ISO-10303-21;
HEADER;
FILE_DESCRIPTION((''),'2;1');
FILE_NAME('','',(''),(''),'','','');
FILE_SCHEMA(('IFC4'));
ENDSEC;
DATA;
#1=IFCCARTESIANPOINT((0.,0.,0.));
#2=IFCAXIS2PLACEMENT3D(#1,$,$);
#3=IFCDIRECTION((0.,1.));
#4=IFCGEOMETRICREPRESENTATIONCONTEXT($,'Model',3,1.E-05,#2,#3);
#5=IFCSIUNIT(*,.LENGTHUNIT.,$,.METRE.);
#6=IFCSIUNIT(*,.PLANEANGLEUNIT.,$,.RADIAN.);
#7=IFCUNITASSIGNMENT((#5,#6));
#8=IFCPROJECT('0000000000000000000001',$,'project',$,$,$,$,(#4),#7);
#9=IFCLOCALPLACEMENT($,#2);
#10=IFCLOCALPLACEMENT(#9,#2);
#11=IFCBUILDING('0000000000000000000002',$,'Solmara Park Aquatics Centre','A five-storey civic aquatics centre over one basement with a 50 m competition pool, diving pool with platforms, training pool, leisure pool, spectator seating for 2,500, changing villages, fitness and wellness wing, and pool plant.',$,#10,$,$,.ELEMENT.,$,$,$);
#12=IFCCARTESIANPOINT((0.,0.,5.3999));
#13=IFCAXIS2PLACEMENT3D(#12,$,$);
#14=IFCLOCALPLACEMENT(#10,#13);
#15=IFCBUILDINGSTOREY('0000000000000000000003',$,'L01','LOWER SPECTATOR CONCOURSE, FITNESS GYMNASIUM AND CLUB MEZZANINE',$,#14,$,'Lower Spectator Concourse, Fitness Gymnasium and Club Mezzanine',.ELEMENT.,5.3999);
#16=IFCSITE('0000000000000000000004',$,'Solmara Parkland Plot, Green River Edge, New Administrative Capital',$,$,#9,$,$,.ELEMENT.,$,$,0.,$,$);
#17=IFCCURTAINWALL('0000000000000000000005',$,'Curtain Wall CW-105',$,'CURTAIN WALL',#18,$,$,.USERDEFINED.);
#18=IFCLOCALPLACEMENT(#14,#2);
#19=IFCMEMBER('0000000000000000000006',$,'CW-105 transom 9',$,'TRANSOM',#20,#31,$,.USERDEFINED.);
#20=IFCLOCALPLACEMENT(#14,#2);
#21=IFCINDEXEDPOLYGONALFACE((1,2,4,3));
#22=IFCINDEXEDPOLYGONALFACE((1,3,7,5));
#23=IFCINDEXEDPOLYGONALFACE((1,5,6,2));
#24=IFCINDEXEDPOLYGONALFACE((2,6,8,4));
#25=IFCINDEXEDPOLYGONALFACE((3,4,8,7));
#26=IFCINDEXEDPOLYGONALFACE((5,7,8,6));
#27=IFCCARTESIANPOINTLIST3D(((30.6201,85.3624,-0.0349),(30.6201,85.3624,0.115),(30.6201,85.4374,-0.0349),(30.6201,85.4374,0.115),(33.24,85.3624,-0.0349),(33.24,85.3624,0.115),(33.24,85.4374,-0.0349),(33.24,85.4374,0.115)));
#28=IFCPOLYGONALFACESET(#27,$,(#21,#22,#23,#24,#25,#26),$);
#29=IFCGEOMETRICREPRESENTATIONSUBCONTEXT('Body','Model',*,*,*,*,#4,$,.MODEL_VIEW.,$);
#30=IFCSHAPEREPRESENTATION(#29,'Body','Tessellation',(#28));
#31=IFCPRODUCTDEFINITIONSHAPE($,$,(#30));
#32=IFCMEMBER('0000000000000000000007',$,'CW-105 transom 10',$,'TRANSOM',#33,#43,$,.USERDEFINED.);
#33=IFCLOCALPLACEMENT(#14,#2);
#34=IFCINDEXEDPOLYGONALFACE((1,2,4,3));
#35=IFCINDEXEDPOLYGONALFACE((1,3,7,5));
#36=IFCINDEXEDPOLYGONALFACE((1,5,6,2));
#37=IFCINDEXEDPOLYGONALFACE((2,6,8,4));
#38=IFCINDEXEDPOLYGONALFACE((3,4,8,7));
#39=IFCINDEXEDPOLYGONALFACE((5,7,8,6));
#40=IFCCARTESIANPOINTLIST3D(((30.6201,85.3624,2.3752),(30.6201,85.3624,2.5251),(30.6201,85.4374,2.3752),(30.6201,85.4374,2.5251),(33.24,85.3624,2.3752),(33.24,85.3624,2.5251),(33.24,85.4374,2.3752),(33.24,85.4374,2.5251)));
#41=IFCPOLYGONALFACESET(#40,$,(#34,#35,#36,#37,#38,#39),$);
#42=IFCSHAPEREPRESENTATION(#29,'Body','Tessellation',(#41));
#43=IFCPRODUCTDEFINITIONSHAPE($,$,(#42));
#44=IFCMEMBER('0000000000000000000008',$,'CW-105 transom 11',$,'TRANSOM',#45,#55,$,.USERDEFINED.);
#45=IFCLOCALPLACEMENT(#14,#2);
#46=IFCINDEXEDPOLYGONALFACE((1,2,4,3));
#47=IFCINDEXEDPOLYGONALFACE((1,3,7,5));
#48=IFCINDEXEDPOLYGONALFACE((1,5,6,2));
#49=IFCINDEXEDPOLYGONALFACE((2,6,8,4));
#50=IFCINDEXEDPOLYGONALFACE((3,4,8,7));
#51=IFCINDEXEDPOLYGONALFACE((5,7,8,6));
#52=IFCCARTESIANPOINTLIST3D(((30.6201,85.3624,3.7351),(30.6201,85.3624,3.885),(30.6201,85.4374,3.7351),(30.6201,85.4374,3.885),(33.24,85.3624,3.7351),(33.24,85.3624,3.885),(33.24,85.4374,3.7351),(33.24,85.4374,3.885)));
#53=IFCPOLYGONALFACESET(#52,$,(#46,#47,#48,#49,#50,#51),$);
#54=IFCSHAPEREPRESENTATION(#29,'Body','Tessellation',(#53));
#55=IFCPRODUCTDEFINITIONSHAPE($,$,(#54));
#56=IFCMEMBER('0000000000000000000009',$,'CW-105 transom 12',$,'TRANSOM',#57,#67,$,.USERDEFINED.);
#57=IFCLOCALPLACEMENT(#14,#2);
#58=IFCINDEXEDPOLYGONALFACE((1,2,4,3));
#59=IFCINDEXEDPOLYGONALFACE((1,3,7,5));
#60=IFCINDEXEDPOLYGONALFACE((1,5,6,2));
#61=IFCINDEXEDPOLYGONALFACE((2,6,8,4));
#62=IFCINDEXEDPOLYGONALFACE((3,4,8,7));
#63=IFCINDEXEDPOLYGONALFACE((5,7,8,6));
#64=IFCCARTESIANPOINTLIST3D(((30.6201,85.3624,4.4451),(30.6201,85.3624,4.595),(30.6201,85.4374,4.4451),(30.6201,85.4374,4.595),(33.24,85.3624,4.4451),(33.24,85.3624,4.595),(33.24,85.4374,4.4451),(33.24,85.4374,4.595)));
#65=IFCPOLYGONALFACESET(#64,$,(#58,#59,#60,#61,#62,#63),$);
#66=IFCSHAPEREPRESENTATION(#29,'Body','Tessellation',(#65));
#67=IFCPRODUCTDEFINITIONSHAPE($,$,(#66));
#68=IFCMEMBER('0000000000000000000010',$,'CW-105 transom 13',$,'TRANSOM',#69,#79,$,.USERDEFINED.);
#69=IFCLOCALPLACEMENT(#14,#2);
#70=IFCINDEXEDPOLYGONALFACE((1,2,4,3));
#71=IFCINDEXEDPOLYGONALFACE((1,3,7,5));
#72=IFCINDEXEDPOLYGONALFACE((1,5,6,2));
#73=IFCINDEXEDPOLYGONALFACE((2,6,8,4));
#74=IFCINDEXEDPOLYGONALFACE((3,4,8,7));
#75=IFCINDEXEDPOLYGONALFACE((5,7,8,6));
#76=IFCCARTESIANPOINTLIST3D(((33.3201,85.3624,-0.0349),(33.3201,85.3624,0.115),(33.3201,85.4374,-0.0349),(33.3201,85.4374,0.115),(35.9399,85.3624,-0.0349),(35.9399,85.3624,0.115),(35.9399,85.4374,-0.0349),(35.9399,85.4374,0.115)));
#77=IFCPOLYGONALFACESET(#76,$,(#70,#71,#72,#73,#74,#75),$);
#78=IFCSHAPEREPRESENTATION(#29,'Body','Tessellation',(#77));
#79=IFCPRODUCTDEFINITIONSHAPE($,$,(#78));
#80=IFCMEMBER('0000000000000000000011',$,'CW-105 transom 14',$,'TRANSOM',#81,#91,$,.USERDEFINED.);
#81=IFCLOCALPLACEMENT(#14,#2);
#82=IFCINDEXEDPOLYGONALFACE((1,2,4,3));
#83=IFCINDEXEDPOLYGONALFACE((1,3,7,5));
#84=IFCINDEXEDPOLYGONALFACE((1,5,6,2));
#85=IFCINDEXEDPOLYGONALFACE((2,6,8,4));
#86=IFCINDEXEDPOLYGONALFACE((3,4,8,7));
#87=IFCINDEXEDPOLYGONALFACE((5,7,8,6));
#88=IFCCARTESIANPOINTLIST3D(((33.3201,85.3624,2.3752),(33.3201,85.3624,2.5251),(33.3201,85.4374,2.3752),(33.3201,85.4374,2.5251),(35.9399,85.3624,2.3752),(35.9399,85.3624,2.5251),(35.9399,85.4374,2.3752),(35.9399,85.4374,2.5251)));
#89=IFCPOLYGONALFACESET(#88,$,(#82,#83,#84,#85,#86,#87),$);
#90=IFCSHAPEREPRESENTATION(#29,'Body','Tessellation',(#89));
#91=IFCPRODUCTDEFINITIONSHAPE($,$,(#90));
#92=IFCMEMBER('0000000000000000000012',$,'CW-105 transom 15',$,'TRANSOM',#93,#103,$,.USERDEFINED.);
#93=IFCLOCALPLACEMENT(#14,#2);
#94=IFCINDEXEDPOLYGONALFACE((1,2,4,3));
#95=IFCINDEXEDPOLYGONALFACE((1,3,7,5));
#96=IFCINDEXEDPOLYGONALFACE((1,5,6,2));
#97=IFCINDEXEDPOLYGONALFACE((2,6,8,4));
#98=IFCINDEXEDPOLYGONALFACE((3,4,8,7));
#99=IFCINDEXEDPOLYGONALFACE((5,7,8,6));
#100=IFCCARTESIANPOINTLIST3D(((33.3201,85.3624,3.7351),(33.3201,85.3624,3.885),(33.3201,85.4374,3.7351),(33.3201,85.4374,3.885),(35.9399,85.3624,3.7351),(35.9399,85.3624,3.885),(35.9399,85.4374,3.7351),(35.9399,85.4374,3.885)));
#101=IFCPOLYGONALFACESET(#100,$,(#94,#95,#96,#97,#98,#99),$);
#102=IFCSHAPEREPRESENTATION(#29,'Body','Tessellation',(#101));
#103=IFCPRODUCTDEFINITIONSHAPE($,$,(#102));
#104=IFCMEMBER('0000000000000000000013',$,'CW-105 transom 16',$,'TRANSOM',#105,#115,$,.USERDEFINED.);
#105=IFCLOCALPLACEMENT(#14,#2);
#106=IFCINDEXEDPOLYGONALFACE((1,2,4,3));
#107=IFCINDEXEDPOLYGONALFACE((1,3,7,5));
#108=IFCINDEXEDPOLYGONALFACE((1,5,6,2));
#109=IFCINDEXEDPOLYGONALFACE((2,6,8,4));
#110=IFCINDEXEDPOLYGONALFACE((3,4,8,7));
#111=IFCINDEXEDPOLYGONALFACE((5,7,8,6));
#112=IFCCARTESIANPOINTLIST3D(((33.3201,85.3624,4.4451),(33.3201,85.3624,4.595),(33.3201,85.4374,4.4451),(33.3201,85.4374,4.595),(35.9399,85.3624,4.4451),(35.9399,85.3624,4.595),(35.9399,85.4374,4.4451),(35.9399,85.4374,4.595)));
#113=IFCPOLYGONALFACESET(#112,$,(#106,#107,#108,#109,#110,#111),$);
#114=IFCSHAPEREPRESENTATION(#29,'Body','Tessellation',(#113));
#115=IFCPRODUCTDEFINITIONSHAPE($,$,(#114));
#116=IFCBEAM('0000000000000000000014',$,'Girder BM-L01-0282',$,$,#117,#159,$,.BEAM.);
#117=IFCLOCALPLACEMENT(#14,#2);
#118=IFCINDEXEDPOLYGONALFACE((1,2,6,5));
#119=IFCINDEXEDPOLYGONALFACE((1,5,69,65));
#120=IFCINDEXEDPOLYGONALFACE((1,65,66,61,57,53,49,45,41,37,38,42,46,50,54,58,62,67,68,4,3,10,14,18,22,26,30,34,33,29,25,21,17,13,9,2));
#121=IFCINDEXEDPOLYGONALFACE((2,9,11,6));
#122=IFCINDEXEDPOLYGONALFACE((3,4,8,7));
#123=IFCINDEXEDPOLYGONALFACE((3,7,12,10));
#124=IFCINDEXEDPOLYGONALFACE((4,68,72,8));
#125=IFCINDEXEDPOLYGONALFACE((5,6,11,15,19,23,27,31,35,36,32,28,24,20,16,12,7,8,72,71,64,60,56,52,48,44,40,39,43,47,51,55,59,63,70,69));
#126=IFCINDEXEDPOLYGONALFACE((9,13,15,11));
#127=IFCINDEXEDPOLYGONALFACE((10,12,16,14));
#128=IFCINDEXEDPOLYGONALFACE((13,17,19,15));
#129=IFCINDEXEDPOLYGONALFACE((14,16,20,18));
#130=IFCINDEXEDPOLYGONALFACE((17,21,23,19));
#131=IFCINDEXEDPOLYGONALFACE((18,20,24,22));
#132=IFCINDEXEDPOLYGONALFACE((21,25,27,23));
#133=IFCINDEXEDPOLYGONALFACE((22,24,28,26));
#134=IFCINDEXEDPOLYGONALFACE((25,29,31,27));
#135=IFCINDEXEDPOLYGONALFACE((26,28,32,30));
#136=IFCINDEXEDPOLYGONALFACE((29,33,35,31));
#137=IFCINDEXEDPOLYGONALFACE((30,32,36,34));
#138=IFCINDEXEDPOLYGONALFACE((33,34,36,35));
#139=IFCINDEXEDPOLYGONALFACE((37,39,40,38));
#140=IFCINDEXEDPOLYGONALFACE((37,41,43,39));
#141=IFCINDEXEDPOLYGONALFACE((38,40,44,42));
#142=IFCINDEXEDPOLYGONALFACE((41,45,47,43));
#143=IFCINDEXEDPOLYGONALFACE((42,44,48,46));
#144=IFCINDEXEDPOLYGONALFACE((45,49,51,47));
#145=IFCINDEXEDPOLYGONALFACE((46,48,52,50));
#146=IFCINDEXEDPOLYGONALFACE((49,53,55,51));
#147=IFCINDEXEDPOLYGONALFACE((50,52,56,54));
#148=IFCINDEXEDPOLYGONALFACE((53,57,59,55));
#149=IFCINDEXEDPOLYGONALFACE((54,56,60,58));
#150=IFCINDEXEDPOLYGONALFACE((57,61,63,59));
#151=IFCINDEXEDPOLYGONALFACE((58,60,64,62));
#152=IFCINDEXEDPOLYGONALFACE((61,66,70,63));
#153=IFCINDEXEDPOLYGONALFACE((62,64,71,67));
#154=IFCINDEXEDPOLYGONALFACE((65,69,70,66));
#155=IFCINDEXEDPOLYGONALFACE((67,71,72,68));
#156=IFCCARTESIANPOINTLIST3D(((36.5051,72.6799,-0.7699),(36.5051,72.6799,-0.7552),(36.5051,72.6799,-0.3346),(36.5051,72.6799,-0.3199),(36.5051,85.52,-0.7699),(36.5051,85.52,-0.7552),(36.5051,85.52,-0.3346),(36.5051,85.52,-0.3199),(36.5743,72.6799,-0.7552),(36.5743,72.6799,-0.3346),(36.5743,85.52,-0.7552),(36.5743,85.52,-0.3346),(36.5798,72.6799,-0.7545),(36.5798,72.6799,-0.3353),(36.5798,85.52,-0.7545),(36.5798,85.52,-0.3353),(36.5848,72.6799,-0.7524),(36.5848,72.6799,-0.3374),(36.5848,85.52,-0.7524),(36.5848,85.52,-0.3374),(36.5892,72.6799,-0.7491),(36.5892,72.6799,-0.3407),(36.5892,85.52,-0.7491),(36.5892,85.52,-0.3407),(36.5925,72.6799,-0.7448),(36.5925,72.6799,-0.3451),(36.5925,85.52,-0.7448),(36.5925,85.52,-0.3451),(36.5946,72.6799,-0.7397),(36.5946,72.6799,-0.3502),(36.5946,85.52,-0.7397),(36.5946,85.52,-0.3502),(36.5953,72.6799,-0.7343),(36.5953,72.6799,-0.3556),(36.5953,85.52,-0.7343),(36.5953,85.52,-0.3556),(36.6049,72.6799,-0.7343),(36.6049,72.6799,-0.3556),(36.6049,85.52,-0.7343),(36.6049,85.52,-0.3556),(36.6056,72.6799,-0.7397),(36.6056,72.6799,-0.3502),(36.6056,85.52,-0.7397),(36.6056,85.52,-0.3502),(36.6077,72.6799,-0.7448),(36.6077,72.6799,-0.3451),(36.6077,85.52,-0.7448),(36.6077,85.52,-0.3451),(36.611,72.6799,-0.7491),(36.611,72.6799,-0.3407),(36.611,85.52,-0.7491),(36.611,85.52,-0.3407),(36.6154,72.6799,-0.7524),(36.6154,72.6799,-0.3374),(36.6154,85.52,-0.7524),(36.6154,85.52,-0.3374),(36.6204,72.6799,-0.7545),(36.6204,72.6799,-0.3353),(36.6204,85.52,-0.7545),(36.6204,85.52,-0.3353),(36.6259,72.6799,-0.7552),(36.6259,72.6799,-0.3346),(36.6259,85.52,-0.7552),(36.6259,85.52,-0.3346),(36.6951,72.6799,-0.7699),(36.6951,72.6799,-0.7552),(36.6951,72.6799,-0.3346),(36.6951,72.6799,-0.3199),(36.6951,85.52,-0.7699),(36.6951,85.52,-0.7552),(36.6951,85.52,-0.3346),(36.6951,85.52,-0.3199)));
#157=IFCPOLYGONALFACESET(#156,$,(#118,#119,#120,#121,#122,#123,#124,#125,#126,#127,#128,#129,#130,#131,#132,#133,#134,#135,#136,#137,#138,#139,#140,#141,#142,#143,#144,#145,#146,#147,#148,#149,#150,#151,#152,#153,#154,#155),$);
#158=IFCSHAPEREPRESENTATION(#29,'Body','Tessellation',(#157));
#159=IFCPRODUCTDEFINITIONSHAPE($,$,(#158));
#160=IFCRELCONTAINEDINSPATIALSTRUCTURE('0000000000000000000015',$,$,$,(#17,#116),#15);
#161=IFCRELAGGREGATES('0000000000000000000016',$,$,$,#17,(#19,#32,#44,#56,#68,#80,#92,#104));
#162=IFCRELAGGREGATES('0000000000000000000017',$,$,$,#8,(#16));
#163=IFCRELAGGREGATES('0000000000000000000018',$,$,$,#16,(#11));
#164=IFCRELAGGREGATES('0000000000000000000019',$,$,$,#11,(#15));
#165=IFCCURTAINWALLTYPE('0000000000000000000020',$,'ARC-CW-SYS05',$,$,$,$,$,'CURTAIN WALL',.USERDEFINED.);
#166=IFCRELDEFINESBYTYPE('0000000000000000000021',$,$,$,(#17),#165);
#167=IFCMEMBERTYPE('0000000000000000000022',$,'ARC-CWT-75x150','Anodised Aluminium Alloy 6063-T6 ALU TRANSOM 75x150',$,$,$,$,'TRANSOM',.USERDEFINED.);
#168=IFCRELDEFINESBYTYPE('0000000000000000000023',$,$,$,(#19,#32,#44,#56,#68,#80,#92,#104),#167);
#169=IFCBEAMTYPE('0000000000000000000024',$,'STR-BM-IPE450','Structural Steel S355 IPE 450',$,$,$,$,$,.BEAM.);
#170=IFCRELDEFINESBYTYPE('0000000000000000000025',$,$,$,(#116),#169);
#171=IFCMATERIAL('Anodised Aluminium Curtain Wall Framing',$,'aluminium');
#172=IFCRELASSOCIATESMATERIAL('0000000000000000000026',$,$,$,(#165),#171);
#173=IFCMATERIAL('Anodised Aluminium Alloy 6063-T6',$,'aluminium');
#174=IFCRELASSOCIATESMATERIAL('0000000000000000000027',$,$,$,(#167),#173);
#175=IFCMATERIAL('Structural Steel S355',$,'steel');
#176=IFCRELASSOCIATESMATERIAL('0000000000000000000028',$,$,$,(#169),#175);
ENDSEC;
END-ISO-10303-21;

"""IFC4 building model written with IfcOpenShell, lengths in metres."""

from ifc_helpers import new_model, si_unit, direction, frame, origin, origin_2d, place, context, subcontext, project, spatial, rectangle, i_section, extrude, material, material_profile, profile_set, type_object, element, aggregate, save


model = new_model("IFC4")

# Units and contexts
model_context = context("Model", 3, precision=1e-05, world=origin(), true_north=direction((0.0, 1.0)))
body_context = subcontext(model_context, "Body", "Model", "MODEL_VIEW")
ifc_project = project(units=[si_unit("LENGTHUNIT", "METRE"), si_unit("PLANEANGLEUNIT", "RADIAN")], contexts=[model_context])

# Site, building, storey
site_placement = place(None, origin())
site = spatial("IfcSite", under=ifc_project, at=site_placement, Name="Solmara Parkland Plot, Green River Edge, New Administrative Capital", CompositionType="ELEMENT", RefElevation=0.0)
building_placement = place(site_placement, origin())
building = spatial("IfcBuilding", under=site, at=building_placement, Name="Solmara Park Aquatics Centre", Description="A five-storey civic aquatics centre over one basement with a 50 m competition pool, diving pool with platforms, training pool, leisure pool, spectator seating for 2,500, changing villages, fitness and wellness wing, and pool plant.", CompositionType="ELEMENT")
storey_placement = place(building_placement, frame((0.0, 0.0, 5.3999)))
storey = spatial("IfcBuildingStorey", under=building, at=storey_placement, Name="L01", Description="LOWER SPECTATOR CONCOURSE, FITNESS GYMNASIUM AND CLUB MEZZANINE", LongName="Lower Spectator Concourse, Fitness Gymnasium and Club Mezzanine", CompositionType="ELEMENT", Elevation=5.3999)

# Shared definitions
ifc_material_1 = material(Name="Structural Steel S355", Category="steel")

# Curtain wall, members
ifc_material_2 = material(Name="Anodised Aluminium Curtain Wall Framing", Category="aluminium")
curtain_wall_type = type_object("IfcCurtainWallType", Name="ARC-CW-SYS05", ElementType="CURTAIN WALL", PredefinedType="USERDEFINED", material=ifc_material_2)
curtain_wall_placement = place(storey_placement, origin())
curtain_wall = element("IfcCurtainWall", 1, at=curtain_wall_placement, inside=storey, type_object=curtain_wall_type, Name="Curtain Wall CW-105", ObjectType="CURTAIN WALL", PredefinedType="USERDEFINED")
ifc_material_3 = material(Name="Anodised Aluminium Alloy 6063-T6", Category="aluminium")
ifc_material_profile_1 = material_profile(ifc_material_3, rectangle(XDim=0.075, YDim=0.1499, at=origin_2d()), Name="ALU TRANSOM 75x150")
ifc_profile_set_1 = profile_set([ifc_material_profile_1], Name="Anodised Aluminium Alloy 6063-T6")
member_type_1 = type_object("IfcMemberType", Name="ARC-CWT-75x150", Description="Anodised Aluminium Alloy 6063-T6 ALU TRANSOM 75x150", ElementType="TRANSOM", PredefinedType="USERDEFINED", material=ifc_profile_set_1)
member_1_placement = place(storey_placement, frame((30.6201, 85.3999, 0.04), z_axis=(1.0, 0.0, 0.0), x_axis=(0.0, 1.0, 0.0)))
member_1 = element("IfcMember", 2, at=member_1_placement, type_object=member_type_1, Name="CW-105 transom 9", ObjectType="TRANSOM", PredefinedType="USERDEFINED", context=body_context, shape_type="SweptSolid", body=[
    extrude(rectangle(XDim=0.075, YDim=0.1499, at=origin_2d()), origin(), (0.0, 0.0, 1.0), 2.6199),
])
member_2_placement = place(storey_placement, frame((30.6201, 85.3999, 2.4502), z_axis=(1.0, 0.0, 0.0), x_axis=(0.0, 1.0, 0.0)))
member_2 = element("IfcMember", 3, at=member_2_placement, type_object=member_type_1, Name="CW-105 transom 10", ObjectType="TRANSOM", PredefinedType="USERDEFINED", context=body_context, shape_type="SweptSolid", body=[
    extrude(rectangle(XDim=0.075, YDim=0.1499, at=origin_2d()), origin(), (0.0, 0.0, 1.0), 2.6199),
])
member_3_placement = place(storey_placement, frame((30.6201, 85.3999, 3.8101), z_axis=(1.0, 0.0, 0.0), x_axis=(0.0, 1.0, 0.0)))
member_3 = element("IfcMember", 4, at=member_3_placement, type_object=member_type_1, Name="CW-105 transom 11", ObjectType="TRANSOM", PredefinedType="USERDEFINED", context=body_context, shape_type="SweptSolid", body=[
    extrude(rectangle(XDim=0.075, YDim=0.1499, at=origin_2d()), origin(), (0.0, 0.0, 1.0), 2.6199),
])
member_4_placement = place(storey_placement, frame((30.6201, 85.3999, 4.52), z_axis=(1.0, 0.0, 0.0), x_axis=(0.0, 1.0, 0.0)))
member_4 = element("IfcMember", 5, at=member_4_placement, type_object=member_type_1, Name="CW-105 transom 12", ObjectType="TRANSOM", PredefinedType="USERDEFINED", context=body_context, shape_type="SweptSolid", body=[
    extrude(rectangle(XDim=0.075, YDim=0.1499, at=origin_2d()), origin(), (0.0, 0.0, 1.0), 2.6199),
])
member_5_placement = place(storey_placement, frame((33.3201, 85.3999, 0.04), z_axis=(1.0, 0.0, 0.0), x_axis=(0.0, 1.0, 0.0)))
member_5 = element("IfcMember", 6, at=member_5_placement, type_object=member_type_1, Name="CW-105 transom 13", ObjectType="TRANSOM", PredefinedType="USERDEFINED", context=body_context, shape_type="SweptSolid", body=[
    extrude(rectangle(XDim=0.075, YDim=0.1499, at=origin_2d()), origin(), (0.0, 0.0, 1.0), 2.6199),
])
member_6_placement = place(storey_placement, frame((33.3201, 85.3999, 2.4502), z_axis=(1.0, 0.0, 0.0), x_axis=(0.0, 1.0, 0.0)))
member_6 = element("IfcMember", 7, at=member_6_placement, type_object=member_type_1, Name="CW-105 transom 14", ObjectType="TRANSOM", PredefinedType="USERDEFINED", context=body_context, shape_type="SweptSolid", body=[
    extrude(rectangle(XDim=0.075, YDim=0.1499, at=origin_2d()), origin(), (0.0, 0.0, 1.0), 2.6199),
])
member_7_placement = place(storey_placement, frame((33.3201, 85.3999, 3.8101), z_axis=(1.0, 0.0, 0.0), x_axis=(0.0, 1.0, 0.0)))
member_7 = element("IfcMember", 8, at=member_7_placement, type_object=member_type_1, Name="CW-105 transom 15", ObjectType="TRANSOM", PredefinedType="USERDEFINED", context=body_context, shape_type="SweptSolid", body=[
    extrude(rectangle(XDim=0.075, YDim=0.1499, at=origin_2d()), origin(), (0.0, 0.0, 1.0), 2.6199),
])
member_8_placement = place(storey_placement, frame((33.3201, 85.3999, 4.52), z_axis=(1.0, 0.0, 0.0), x_axis=(0.0, 1.0, 0.0)))
member_8 = element("IfcMember", 9, at=member_8_placement, type_object=member_type_1, Name="CW-105 transom 16", ObjectType="TRANSOM", PredefinedType="USERDEFINED", context=body_context, shape_type="SweptSolid", body=[
    extrude(rectangle(XDim=0.075, YDim=0.1499, at=origin_2d()), origin(), (0.0, 0.0, 1.0), 2.6199),
])

# Beam
ifc_material_profile_2 = material_profile(ifc_material_1, i_section(OverallWidth=0.1899, OverallDepth=0.45, WebThickness=0.0095, FlangeThickness=0.0146, FilletRadius=0.021, at=origin_2d()), Name="IPE 450")
ifc_profile_set_2 = profile_set([ifc_material_profile_2], Name="Structural Steel S355")
beam_type_1 = type_object("IfcBeamType", Name="STR-BM-IPE450", Description="Structural Steel S355 IPE 450", PredefinedType="BEAM", material=ifc_profile_set_2)
beam_1_placement = place(storey_placement, frame((36.6001, 72.6799, -0.5449), z_axis=(0.0, 1.0, 0.0), x_axis=(-1.0, 0.0, 0.0)))
element("IfcBeam", 10, at=beam_1_placement, inside=storey, type_object=beam_type_1, Name="Girder BM-L01-0282", PredefinedType="BEAM", context=body_context, shape_type="SweptSolid", body=[
    extrude(i_section(OverallWidth=0.1899, OverallDepth=0.45, WebThickness=0.0095, FlangeThickness=0.0146, FilletRadius=0.021, at=origin_2d()), origin(), (0.0, 0.0, 1.0), 12.8401),
])

aggregate(curtain_wall, [member_1, member_2, member_3, member_4, member_5, member_6, member_7, member_8])

save(model, "model.ifc")
